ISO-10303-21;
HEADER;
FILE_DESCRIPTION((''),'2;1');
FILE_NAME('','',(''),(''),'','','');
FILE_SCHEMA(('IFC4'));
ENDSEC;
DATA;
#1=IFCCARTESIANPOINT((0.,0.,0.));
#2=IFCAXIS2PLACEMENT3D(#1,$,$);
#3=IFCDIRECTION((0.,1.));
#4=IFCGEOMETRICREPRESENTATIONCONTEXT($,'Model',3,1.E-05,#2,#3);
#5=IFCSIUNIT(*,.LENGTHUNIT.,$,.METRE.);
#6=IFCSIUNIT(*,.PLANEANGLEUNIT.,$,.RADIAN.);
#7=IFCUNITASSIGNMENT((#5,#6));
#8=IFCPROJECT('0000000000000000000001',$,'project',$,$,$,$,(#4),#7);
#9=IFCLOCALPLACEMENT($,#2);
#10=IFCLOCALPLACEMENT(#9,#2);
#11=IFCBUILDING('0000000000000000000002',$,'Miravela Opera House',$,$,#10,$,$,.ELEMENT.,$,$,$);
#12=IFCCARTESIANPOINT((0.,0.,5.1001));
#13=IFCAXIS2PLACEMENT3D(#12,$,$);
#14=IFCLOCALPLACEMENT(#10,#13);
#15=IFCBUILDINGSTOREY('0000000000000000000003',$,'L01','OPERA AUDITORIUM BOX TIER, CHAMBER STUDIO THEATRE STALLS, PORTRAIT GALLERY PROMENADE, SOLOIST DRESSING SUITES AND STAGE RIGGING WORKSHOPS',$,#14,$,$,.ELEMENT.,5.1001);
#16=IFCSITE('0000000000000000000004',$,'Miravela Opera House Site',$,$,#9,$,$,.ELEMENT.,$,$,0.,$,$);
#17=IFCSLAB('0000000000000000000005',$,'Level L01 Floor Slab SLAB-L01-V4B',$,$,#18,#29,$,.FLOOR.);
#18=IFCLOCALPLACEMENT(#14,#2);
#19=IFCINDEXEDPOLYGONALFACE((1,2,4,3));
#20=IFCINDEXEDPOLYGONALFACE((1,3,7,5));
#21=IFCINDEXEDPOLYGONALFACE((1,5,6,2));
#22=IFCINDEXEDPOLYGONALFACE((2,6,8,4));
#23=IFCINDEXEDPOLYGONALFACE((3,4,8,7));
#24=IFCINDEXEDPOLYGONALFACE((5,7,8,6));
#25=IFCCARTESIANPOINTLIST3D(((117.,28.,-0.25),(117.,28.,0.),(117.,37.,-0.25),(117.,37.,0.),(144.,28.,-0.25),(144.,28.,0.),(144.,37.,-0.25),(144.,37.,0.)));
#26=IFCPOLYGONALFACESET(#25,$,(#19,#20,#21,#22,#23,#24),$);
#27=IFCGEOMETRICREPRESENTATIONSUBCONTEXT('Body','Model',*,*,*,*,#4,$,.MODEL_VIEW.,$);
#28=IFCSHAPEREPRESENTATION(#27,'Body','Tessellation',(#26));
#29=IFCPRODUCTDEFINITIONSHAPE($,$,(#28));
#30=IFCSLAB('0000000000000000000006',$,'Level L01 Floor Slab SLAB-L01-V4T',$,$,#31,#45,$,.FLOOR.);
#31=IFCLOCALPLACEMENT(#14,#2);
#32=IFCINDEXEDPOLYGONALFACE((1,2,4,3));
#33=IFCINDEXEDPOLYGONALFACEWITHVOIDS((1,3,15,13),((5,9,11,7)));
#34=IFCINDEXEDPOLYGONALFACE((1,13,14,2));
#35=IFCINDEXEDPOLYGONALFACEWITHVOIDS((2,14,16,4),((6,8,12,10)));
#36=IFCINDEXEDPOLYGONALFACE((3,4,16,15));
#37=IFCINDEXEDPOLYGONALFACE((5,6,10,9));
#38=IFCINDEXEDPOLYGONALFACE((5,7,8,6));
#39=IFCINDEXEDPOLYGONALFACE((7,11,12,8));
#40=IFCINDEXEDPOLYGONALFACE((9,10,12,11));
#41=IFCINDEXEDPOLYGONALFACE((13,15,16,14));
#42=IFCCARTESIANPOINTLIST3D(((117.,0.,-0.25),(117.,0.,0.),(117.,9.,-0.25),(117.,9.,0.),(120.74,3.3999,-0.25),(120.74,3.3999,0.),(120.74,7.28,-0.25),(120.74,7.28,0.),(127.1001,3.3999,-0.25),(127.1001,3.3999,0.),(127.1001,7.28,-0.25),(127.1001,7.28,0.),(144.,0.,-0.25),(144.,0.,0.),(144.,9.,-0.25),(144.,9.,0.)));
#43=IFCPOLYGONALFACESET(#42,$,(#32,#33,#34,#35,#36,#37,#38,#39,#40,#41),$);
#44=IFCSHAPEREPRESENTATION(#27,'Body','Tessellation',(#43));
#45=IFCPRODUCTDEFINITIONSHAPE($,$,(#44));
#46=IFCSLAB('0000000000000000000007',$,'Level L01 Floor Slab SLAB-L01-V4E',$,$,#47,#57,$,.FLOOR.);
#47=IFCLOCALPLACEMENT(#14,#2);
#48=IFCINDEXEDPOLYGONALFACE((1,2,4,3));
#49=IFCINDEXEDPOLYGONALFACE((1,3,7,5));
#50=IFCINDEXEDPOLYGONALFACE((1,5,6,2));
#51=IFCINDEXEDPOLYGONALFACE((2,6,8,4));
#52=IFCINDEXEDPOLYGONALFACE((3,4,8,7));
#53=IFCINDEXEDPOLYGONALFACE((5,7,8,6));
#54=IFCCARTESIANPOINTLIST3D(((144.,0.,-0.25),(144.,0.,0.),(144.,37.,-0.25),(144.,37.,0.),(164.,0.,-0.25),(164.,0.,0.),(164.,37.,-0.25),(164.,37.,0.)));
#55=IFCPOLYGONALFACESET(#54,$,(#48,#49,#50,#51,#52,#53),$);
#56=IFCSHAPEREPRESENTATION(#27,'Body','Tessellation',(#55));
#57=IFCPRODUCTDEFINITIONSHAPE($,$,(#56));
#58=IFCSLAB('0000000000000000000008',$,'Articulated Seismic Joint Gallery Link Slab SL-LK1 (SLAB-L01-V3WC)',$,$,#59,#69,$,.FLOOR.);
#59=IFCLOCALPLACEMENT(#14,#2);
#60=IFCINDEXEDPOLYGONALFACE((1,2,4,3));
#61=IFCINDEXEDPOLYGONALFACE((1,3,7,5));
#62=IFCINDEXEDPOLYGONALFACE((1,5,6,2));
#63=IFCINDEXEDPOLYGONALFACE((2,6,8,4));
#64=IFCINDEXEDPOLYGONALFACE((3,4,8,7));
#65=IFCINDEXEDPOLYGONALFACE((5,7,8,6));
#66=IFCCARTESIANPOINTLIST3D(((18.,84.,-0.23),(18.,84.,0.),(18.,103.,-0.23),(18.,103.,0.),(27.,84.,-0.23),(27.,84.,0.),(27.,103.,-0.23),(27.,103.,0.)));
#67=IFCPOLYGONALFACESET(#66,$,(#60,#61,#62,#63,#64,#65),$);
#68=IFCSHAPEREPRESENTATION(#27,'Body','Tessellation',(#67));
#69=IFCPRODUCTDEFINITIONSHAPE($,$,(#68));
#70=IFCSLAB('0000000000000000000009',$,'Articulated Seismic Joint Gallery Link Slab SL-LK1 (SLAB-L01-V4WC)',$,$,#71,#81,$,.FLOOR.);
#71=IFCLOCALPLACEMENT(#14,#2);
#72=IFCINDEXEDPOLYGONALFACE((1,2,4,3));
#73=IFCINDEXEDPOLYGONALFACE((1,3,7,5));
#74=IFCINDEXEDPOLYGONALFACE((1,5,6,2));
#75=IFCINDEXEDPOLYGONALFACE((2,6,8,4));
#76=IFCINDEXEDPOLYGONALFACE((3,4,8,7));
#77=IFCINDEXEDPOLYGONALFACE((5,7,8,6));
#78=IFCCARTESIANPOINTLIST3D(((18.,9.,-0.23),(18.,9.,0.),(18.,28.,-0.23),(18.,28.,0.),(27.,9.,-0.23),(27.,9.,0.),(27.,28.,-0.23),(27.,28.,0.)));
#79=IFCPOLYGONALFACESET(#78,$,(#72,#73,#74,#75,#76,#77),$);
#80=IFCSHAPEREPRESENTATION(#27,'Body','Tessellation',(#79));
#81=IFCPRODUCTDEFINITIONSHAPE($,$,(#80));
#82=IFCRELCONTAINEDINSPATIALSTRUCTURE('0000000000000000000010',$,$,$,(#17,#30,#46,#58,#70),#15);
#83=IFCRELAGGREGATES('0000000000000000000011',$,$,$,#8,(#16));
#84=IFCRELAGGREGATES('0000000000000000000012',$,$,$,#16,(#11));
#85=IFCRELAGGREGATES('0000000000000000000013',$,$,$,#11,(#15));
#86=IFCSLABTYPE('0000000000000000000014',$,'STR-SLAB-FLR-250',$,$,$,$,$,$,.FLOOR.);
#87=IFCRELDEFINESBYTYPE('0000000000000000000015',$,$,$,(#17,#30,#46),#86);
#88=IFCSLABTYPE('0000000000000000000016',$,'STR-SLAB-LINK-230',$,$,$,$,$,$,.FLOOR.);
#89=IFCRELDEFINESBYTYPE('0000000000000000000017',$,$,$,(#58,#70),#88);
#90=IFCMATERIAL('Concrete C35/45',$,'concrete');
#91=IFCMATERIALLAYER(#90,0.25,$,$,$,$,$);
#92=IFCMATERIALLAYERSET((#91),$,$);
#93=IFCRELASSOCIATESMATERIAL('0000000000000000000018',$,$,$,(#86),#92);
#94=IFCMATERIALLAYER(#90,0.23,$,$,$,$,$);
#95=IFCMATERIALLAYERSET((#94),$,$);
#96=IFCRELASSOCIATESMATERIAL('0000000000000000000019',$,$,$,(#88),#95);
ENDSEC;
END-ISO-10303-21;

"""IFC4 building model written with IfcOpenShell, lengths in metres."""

from ifc_helpers import new_model, si_unit, direction, frame, origin, place, context, subcontext, project, spatial, polyline, outline, extrude, material, layer, layer_set, type_object, element, save


model = new_model("IFC4")

# Units and contexts
model_context = context("Model", 3, precision=1e-05, world=origin(), true_north=direction((0.0, 1.0)))
body_context = subcontext(model_context, "Body", "Model", "MODEL_VIEW")
ifc_project = project(units=[si_unit("LENGTHUNIT", "METRE"), si_unit("PLANEANGLEUNIT", "RADIAN")], contexts=[model_context])

# Site, building, storey
site_placement = place(None, origin())
site = spatial("IfcSite", under=ifc_project, at=site_placement, Name="Miravela Opera House Site", CompositionType="ELEMENT", RefElevation=0.0)
building_placement = place(site_placement, origin())
building = spatial("IfcBuilding", under=site, at=building_placement, Name="Miravela Opera House", CompositionType="ELEMENT")
storey_placement = place(building_placement, frame((0.0, 0.0, 5.1001)))
storey = spatial("IfcBuildingStorey", under=building, at=storey_placement, Name="L01", Description="OPERA AUDITORIUM BOX TIER, CHAMBER STUDIO THEATRE STALLS, PORTRAIT GALLERY PROMENADE, SOLOIST DRESSING SUITES AND STAGE RIGGING WORKSHOPS", CompositionType="ELEMENT", Elevation=5.1001)

# Slabs
ifc_material_1 = material(Name="Concrete C35/45", Category="concrete")
ifc_layer_1 = layer(ifc_material_1, 0.25)
ifc_layer_set_1 = layer_set([ifc_layer_1])
slab_type_1 = type_object("IfcSlabType", Name="STR-SLAB-FLR-250", PredefinedType="FLOOR", material=ifc_layer_set_1)
slab_1_placement = place(storey_placement, frame((0.0, 0.0, -0.25)))
element("IfcSlab", 1, at=slab_1_placement, inside=storey, type_object=slab_type_1, Name="Level L01 Floor Slab SLAB-L01-V4B", PredefinedType="FLOOR", context=body_context, shape_type="SweptSolid", body=[
    extrude(outline(polyline([(117.0, 28.0), (144.0, 28.0), (144.0, 37.0), (117.0, 37.0), (117.0, 28.0)])), origin(), (0.0, 0.0, 1.0), 0.25),
])
slab_2_placement = place(storey_placement, frame((0.0, 0.0, -0.25)))
element("IfcSlab", 2, at=slab_2_placement, inside=storey, type_object=slab_type_1, Name="Level L01 Floor Slab SLAB-L01-V4T", PredefinedType="FLOOR", context=body_context, shape_type="SweptSolid", body=[
    extrude(outline(polyline([(117.0, 0.0), (144.0, 0.0), (144.0, 9.0), (117.0, 9.0), (117.0, 0.0)]), holes=[polyline([(120.74, 3.3999), (127.1001, 3.3999), (127.1001, 7.28), (120.74, 7.28), (120.74, 3.3999)])]), origin(), (0.0, 0.0, 1.0), 0.25),
])
slab_3_placement = place(storey_placement, frame((0.0, 0.0, -0.25)))
element("IfcSlab", 3, at=slab_3_placement, inside=storey, type_object=slab_type_1, Name="Level L01 Floor Slab SLAB-L01-V4E", PredefinedType="FLOOR", context=body_context, shape_type="SweptSolid", body=[
    extrude(outline(polyline([(144.0, 0.0), (164.0, 0.0), (164.0, 37.0), (144.0, 37.0), (144.0, 0.0)])), origin(), (0.0, 0.0, 1.0), 0.25),
])
ifc_layer_2 = layer(ifc_material_1, 0.23)
ifc_layer_set_2 = layer_set([ifc_layer_2])
slab_type_2 = type_object("IfcSlabType", Name="STR-SLAB-LINK-230", PredefinedType="FLOOR", material=ifc_layer_set_2)
slab_4_placement = place(storey_placement, frame((0.0, 0.0, -0.23)))
element("IfcSlab", 4, at=slab_4_placement, inside=storey, type_object=slab_type_2, Name="Articulated Seismic Joint Gallery Link Slab SL-LK1 (SLAB-L01-V3WC)", PredefinedType="FLOOR", context=body_context, shape_type="SweptSolid", body=[
    extrude(outline(polyline([(18.0, 84.0), (27.0, 84.0), (27.0, 103.0), (18.0, 103.0), (18.0, 84.0)])), origin(), (0.0, 0.0, 1.0), 0.23),
])
slab_5_placement = place(storey_placement, frame((0.0, 0.0, -0.23)))
element("IfcSlab", 5, at=slab_5_placement, inside=storey, type_object=slab_type_2, Name="Articulated Seismic Joint Gallery Link Slab SL-LK1 (SLAB-L01-V4WC)", PredefinedType="FLOOR", context=body_context, shape_type="SweptSolid", body=[
    extrude(outline(polyline([(18.0, 9.0), (27.0, 9.0), (27.0, 28.0), (18.0, 28.0), (18.0, 9.0)])), origin(), (0.0, 0.0, 1.0), 0.23),
])

save(model, "model.ifc")
